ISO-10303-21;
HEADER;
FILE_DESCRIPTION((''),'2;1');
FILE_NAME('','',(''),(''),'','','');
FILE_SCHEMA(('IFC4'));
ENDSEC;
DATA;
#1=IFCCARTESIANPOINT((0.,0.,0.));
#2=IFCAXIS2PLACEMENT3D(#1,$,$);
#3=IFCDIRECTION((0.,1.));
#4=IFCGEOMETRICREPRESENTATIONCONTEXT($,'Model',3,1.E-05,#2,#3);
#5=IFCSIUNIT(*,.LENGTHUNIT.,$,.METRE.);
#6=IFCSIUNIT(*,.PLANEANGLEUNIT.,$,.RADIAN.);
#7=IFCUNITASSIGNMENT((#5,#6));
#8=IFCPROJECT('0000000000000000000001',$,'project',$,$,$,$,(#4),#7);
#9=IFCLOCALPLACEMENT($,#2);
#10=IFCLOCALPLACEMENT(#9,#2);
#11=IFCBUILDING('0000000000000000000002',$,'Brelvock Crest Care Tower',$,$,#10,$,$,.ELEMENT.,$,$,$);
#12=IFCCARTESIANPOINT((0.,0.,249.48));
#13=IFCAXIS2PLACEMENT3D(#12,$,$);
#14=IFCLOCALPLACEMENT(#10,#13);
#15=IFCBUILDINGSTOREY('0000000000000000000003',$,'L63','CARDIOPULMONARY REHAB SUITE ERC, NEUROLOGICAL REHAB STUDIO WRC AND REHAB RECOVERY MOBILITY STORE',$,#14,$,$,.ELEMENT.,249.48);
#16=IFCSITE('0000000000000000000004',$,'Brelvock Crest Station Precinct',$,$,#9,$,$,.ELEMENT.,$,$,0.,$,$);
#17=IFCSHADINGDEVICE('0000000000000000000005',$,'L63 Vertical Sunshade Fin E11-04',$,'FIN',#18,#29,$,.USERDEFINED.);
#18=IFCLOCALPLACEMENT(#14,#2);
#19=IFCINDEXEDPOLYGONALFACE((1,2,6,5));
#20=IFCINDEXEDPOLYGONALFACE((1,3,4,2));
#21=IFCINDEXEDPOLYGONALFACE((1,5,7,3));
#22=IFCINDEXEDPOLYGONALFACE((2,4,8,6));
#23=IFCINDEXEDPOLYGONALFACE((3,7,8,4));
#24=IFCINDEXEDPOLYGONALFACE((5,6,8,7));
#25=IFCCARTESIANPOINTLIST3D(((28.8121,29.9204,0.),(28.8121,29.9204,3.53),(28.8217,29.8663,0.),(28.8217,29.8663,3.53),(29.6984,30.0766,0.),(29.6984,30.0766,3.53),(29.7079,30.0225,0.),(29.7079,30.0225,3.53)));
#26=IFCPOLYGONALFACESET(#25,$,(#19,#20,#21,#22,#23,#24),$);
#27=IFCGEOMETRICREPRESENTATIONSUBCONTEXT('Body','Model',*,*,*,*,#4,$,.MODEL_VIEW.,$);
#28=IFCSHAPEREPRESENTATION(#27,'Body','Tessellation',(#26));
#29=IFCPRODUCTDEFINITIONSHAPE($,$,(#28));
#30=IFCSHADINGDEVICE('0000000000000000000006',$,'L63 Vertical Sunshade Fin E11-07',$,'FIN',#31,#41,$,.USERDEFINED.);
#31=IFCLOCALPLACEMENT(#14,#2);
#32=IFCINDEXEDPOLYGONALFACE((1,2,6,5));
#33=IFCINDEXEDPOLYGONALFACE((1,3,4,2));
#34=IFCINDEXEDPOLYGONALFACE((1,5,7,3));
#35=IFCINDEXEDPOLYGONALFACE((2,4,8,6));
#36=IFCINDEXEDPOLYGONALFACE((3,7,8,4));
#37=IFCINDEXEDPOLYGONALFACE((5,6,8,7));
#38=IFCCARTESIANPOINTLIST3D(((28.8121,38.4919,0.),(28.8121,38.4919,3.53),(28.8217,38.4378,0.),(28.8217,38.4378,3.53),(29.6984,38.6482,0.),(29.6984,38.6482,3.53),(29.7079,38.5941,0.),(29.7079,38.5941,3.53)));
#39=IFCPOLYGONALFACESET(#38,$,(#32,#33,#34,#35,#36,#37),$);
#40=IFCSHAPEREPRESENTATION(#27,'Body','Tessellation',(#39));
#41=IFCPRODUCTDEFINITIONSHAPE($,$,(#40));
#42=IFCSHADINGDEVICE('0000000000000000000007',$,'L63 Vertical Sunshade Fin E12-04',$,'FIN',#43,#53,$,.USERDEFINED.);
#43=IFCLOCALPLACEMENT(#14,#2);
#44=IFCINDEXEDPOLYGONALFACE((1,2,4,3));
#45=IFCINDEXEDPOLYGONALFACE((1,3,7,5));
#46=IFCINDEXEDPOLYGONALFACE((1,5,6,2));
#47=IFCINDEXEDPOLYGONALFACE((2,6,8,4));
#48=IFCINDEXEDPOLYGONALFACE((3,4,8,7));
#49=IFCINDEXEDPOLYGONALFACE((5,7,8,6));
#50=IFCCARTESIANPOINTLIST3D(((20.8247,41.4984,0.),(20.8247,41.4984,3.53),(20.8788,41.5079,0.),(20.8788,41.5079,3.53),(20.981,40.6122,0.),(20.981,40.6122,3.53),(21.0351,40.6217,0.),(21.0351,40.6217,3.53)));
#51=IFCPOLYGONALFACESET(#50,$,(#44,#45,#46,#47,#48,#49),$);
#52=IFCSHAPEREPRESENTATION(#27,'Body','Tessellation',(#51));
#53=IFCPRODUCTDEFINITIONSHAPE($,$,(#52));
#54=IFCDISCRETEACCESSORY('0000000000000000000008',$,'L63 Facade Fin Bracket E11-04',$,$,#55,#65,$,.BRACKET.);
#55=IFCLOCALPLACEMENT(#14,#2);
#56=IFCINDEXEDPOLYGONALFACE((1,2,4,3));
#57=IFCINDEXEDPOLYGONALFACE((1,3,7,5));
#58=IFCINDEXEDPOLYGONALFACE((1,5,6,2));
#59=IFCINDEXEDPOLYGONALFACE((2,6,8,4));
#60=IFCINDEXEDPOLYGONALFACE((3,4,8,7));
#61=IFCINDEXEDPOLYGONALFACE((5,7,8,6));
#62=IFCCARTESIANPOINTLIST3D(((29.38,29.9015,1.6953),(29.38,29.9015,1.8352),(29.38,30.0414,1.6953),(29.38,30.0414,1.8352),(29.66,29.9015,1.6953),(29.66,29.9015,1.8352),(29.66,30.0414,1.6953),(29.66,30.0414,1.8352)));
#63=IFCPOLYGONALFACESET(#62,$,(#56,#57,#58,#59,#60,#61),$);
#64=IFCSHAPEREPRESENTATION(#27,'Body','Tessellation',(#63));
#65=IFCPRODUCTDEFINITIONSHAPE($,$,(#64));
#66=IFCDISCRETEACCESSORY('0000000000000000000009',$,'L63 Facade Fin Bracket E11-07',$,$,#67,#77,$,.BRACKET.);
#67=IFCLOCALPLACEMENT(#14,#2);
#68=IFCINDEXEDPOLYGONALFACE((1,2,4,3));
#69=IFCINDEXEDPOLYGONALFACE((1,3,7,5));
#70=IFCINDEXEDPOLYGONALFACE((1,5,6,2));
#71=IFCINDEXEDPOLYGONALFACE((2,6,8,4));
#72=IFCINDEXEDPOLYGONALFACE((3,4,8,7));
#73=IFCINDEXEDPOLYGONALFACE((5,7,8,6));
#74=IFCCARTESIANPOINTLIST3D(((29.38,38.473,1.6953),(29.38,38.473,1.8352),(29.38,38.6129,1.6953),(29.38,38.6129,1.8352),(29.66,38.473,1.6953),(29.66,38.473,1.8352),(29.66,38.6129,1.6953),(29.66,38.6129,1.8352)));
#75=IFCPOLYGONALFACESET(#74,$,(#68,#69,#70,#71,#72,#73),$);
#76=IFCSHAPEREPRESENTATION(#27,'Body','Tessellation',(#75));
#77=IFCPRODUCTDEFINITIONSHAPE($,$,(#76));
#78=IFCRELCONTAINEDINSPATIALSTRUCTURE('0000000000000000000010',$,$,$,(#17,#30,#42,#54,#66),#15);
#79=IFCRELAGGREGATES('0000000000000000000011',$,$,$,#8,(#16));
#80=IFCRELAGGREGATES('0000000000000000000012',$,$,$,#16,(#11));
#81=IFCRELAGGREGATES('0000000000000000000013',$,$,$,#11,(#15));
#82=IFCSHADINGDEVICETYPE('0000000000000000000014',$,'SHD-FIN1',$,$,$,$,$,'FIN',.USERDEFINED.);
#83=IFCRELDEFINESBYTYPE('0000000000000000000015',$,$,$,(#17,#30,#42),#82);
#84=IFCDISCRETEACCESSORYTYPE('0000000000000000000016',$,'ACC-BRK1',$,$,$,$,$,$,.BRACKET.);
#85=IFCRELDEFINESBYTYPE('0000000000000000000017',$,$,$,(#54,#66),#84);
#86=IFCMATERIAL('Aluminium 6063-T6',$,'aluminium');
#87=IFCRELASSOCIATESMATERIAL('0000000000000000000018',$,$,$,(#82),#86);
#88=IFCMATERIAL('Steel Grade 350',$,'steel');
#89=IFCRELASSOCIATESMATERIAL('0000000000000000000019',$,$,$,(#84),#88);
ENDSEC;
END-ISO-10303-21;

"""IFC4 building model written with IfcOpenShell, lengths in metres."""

from ifc_helpers import new_model, si_unit, direction, frame, origin, origin_2d, place, context, subcontext, project, spatial, rectangle, extrude, source, transform, mapped, material, material_profile, profile_set, type_object, element, save


model = new_model("IFC4")

# Units and contexts
model_context = context("Model", 3, precision=1e-05, world=origin(), true_north=direction((0.0, 1.0)))
body_context = subcontext(model_context, "Body", "Model", "MODEL_VIEW")
ifc_project = project(units=[si_unit("LENGTHUNIT", "METRE"), si_unit("PLANEANGLEUNIT", "RADIAN")], contexts=[model_context])

# Site, building, storey
site_placement = place(None, origin())
site = spatial("IfcSite", under=ifc_project, at=site_placement, Name="Brelvock Crest Station Precinct", CompositionType="ELEMENT", RefElevation=0.0)
building_placement = place(site_placement, origin())
building = spatial("IfcBuilding", under=site, at=building_placement, Name="Brelvock Crest Care Tower", CompositionType="ELEMENT")
storey_placement = place(building_placement, frame((0.0, 0.0, 249.48)))
storey = spatial("IfcBuildingStorey", under=building, at=storey_placement, Name="L63", Description="CARDIOPULMONARY REHAB SUITE ERC, NEUROLOGICAL REHAB STUDIO WRC AND REHAB RECOVERY MOBILITY STORE", CompositionType="ELEMENT", Elevation=249.48)

# Shared definitions
ifc_material_1 = material(Name="Aluminium 6063-T6", Category="aluminium")

# Shading devices
ifc_material_profile_1 = material_profile(ifc_material_1, rectangle(XDim=0.0549, YDim=0.8999, at=origin_2d()), Name="FIN55x900")
ifc_profile_set_1 = profile_set([ifc_material_profile_1], Name="Aluminium 6063-T6")
shading_device_type = type_object("IfcShadingDeviceType", Name="SHD-FIN1", ElementType="FIN", PredefinedType="USERDEFINED", material=ifc_profile_set_1)
shared_shape_1 = source(origin(), body_context, "Body", "SweptSolid", [
    extrude(rectangle(XDim=0.0549, YDim=0.8999, at=origin_2d()), origin(), (0.0, 0.0, 1.0), 3.53),
])
for number, where, z_axis, x_axis, name in (
    (1, (29.26, 29.9714, 0.0), (0.0, 0.0, 1.0), (-0.173648, 0.984808, 0.0), "L63 Vertical Sunshade Fin E11-04"),
    (2, (29.26, 38.543, 0.0), (0.0, 0.0, 1.0), (-0.173648, 0.984808, 0.0), "L63 Vertical Sunshade Fin E11-07"),
    (3, (20.9299, 41.0601, 0.0), (0.0, 0.0, 1.0), (-0.984808, -0.173648, 0.0), "L63 Vertical Sunshade Fin E12-04"),
):
    element("IfcShadingDevice", number, at=place(storey_placement, frame(where, z_axis=z_axis, x_axis=x_axis)), inside=storey, type_object=shading_device_type, Name=name, ObjectType="FIN", PredefinedType="USERDEFINED", context=body_context, shape_type="MappedRepresentation", body=[
        mapped(shared_shape_1, transform((0.0, 0.0, 0.0), x_axis=(1.0, 0.0, 0.0), y_axis=(0.0, 1.0, 0.0), z_axis=(0.0, 0.0, 1.0), scale=1.0)),
    ])

# Discrete accessories
ifc_material_2 = material(Name="Steel Grade 350", Category="steel")
discrete_accessory_type = type_object("IfcDiscreteAccessoryType", Name="ACC-BRK1", PredefinedType="BRACKET", material=ifc_material_2)
shared_shape_2 = source(origin(), body_context, "Body", "SweptSolid", [
    extrude(rectangle(XDim=0.28, YDim=0.1399, at=origin_2d()), origin(), (0.0, 0.0, 1.0), 0.1399),
])
for number, where, z_axis, x_axis, name in (
    (4, (29.52, 29.9714, 1.6953), (0.0, 0.0, 1.0), (-1.0, 0.0, 0.0), "L63 Facade Fin Bracket E11-04"),
    (5, (29.52, 38.543, 1.6953), (0.0, 0.0, 1.0), (-1.0, 0.0, 0.0), "L63 Facade Fin Bracket E11-07"),
):
    element("IfcDiscreteAccessory", number, at=place(storey_placement, frame(where, z_axis=z_axis, x_axis=x_axis)), inside=storey, type_object=discrete_accessory_type, Name=name, PredefinedType="BRACKET", context=body_context, shape_type="MappedRepresentation", body=[
        mapped(shared_shape_2, transform((0.0, 0.0, 0.0), x_axis=(1.0, 0.0, 0.0), y_axis=(0.0, 1.0, 0.0), z_axis=(0.0, 0.0, 1.0), scale=1.0)),
    ])

save(model, "model.ifc")
